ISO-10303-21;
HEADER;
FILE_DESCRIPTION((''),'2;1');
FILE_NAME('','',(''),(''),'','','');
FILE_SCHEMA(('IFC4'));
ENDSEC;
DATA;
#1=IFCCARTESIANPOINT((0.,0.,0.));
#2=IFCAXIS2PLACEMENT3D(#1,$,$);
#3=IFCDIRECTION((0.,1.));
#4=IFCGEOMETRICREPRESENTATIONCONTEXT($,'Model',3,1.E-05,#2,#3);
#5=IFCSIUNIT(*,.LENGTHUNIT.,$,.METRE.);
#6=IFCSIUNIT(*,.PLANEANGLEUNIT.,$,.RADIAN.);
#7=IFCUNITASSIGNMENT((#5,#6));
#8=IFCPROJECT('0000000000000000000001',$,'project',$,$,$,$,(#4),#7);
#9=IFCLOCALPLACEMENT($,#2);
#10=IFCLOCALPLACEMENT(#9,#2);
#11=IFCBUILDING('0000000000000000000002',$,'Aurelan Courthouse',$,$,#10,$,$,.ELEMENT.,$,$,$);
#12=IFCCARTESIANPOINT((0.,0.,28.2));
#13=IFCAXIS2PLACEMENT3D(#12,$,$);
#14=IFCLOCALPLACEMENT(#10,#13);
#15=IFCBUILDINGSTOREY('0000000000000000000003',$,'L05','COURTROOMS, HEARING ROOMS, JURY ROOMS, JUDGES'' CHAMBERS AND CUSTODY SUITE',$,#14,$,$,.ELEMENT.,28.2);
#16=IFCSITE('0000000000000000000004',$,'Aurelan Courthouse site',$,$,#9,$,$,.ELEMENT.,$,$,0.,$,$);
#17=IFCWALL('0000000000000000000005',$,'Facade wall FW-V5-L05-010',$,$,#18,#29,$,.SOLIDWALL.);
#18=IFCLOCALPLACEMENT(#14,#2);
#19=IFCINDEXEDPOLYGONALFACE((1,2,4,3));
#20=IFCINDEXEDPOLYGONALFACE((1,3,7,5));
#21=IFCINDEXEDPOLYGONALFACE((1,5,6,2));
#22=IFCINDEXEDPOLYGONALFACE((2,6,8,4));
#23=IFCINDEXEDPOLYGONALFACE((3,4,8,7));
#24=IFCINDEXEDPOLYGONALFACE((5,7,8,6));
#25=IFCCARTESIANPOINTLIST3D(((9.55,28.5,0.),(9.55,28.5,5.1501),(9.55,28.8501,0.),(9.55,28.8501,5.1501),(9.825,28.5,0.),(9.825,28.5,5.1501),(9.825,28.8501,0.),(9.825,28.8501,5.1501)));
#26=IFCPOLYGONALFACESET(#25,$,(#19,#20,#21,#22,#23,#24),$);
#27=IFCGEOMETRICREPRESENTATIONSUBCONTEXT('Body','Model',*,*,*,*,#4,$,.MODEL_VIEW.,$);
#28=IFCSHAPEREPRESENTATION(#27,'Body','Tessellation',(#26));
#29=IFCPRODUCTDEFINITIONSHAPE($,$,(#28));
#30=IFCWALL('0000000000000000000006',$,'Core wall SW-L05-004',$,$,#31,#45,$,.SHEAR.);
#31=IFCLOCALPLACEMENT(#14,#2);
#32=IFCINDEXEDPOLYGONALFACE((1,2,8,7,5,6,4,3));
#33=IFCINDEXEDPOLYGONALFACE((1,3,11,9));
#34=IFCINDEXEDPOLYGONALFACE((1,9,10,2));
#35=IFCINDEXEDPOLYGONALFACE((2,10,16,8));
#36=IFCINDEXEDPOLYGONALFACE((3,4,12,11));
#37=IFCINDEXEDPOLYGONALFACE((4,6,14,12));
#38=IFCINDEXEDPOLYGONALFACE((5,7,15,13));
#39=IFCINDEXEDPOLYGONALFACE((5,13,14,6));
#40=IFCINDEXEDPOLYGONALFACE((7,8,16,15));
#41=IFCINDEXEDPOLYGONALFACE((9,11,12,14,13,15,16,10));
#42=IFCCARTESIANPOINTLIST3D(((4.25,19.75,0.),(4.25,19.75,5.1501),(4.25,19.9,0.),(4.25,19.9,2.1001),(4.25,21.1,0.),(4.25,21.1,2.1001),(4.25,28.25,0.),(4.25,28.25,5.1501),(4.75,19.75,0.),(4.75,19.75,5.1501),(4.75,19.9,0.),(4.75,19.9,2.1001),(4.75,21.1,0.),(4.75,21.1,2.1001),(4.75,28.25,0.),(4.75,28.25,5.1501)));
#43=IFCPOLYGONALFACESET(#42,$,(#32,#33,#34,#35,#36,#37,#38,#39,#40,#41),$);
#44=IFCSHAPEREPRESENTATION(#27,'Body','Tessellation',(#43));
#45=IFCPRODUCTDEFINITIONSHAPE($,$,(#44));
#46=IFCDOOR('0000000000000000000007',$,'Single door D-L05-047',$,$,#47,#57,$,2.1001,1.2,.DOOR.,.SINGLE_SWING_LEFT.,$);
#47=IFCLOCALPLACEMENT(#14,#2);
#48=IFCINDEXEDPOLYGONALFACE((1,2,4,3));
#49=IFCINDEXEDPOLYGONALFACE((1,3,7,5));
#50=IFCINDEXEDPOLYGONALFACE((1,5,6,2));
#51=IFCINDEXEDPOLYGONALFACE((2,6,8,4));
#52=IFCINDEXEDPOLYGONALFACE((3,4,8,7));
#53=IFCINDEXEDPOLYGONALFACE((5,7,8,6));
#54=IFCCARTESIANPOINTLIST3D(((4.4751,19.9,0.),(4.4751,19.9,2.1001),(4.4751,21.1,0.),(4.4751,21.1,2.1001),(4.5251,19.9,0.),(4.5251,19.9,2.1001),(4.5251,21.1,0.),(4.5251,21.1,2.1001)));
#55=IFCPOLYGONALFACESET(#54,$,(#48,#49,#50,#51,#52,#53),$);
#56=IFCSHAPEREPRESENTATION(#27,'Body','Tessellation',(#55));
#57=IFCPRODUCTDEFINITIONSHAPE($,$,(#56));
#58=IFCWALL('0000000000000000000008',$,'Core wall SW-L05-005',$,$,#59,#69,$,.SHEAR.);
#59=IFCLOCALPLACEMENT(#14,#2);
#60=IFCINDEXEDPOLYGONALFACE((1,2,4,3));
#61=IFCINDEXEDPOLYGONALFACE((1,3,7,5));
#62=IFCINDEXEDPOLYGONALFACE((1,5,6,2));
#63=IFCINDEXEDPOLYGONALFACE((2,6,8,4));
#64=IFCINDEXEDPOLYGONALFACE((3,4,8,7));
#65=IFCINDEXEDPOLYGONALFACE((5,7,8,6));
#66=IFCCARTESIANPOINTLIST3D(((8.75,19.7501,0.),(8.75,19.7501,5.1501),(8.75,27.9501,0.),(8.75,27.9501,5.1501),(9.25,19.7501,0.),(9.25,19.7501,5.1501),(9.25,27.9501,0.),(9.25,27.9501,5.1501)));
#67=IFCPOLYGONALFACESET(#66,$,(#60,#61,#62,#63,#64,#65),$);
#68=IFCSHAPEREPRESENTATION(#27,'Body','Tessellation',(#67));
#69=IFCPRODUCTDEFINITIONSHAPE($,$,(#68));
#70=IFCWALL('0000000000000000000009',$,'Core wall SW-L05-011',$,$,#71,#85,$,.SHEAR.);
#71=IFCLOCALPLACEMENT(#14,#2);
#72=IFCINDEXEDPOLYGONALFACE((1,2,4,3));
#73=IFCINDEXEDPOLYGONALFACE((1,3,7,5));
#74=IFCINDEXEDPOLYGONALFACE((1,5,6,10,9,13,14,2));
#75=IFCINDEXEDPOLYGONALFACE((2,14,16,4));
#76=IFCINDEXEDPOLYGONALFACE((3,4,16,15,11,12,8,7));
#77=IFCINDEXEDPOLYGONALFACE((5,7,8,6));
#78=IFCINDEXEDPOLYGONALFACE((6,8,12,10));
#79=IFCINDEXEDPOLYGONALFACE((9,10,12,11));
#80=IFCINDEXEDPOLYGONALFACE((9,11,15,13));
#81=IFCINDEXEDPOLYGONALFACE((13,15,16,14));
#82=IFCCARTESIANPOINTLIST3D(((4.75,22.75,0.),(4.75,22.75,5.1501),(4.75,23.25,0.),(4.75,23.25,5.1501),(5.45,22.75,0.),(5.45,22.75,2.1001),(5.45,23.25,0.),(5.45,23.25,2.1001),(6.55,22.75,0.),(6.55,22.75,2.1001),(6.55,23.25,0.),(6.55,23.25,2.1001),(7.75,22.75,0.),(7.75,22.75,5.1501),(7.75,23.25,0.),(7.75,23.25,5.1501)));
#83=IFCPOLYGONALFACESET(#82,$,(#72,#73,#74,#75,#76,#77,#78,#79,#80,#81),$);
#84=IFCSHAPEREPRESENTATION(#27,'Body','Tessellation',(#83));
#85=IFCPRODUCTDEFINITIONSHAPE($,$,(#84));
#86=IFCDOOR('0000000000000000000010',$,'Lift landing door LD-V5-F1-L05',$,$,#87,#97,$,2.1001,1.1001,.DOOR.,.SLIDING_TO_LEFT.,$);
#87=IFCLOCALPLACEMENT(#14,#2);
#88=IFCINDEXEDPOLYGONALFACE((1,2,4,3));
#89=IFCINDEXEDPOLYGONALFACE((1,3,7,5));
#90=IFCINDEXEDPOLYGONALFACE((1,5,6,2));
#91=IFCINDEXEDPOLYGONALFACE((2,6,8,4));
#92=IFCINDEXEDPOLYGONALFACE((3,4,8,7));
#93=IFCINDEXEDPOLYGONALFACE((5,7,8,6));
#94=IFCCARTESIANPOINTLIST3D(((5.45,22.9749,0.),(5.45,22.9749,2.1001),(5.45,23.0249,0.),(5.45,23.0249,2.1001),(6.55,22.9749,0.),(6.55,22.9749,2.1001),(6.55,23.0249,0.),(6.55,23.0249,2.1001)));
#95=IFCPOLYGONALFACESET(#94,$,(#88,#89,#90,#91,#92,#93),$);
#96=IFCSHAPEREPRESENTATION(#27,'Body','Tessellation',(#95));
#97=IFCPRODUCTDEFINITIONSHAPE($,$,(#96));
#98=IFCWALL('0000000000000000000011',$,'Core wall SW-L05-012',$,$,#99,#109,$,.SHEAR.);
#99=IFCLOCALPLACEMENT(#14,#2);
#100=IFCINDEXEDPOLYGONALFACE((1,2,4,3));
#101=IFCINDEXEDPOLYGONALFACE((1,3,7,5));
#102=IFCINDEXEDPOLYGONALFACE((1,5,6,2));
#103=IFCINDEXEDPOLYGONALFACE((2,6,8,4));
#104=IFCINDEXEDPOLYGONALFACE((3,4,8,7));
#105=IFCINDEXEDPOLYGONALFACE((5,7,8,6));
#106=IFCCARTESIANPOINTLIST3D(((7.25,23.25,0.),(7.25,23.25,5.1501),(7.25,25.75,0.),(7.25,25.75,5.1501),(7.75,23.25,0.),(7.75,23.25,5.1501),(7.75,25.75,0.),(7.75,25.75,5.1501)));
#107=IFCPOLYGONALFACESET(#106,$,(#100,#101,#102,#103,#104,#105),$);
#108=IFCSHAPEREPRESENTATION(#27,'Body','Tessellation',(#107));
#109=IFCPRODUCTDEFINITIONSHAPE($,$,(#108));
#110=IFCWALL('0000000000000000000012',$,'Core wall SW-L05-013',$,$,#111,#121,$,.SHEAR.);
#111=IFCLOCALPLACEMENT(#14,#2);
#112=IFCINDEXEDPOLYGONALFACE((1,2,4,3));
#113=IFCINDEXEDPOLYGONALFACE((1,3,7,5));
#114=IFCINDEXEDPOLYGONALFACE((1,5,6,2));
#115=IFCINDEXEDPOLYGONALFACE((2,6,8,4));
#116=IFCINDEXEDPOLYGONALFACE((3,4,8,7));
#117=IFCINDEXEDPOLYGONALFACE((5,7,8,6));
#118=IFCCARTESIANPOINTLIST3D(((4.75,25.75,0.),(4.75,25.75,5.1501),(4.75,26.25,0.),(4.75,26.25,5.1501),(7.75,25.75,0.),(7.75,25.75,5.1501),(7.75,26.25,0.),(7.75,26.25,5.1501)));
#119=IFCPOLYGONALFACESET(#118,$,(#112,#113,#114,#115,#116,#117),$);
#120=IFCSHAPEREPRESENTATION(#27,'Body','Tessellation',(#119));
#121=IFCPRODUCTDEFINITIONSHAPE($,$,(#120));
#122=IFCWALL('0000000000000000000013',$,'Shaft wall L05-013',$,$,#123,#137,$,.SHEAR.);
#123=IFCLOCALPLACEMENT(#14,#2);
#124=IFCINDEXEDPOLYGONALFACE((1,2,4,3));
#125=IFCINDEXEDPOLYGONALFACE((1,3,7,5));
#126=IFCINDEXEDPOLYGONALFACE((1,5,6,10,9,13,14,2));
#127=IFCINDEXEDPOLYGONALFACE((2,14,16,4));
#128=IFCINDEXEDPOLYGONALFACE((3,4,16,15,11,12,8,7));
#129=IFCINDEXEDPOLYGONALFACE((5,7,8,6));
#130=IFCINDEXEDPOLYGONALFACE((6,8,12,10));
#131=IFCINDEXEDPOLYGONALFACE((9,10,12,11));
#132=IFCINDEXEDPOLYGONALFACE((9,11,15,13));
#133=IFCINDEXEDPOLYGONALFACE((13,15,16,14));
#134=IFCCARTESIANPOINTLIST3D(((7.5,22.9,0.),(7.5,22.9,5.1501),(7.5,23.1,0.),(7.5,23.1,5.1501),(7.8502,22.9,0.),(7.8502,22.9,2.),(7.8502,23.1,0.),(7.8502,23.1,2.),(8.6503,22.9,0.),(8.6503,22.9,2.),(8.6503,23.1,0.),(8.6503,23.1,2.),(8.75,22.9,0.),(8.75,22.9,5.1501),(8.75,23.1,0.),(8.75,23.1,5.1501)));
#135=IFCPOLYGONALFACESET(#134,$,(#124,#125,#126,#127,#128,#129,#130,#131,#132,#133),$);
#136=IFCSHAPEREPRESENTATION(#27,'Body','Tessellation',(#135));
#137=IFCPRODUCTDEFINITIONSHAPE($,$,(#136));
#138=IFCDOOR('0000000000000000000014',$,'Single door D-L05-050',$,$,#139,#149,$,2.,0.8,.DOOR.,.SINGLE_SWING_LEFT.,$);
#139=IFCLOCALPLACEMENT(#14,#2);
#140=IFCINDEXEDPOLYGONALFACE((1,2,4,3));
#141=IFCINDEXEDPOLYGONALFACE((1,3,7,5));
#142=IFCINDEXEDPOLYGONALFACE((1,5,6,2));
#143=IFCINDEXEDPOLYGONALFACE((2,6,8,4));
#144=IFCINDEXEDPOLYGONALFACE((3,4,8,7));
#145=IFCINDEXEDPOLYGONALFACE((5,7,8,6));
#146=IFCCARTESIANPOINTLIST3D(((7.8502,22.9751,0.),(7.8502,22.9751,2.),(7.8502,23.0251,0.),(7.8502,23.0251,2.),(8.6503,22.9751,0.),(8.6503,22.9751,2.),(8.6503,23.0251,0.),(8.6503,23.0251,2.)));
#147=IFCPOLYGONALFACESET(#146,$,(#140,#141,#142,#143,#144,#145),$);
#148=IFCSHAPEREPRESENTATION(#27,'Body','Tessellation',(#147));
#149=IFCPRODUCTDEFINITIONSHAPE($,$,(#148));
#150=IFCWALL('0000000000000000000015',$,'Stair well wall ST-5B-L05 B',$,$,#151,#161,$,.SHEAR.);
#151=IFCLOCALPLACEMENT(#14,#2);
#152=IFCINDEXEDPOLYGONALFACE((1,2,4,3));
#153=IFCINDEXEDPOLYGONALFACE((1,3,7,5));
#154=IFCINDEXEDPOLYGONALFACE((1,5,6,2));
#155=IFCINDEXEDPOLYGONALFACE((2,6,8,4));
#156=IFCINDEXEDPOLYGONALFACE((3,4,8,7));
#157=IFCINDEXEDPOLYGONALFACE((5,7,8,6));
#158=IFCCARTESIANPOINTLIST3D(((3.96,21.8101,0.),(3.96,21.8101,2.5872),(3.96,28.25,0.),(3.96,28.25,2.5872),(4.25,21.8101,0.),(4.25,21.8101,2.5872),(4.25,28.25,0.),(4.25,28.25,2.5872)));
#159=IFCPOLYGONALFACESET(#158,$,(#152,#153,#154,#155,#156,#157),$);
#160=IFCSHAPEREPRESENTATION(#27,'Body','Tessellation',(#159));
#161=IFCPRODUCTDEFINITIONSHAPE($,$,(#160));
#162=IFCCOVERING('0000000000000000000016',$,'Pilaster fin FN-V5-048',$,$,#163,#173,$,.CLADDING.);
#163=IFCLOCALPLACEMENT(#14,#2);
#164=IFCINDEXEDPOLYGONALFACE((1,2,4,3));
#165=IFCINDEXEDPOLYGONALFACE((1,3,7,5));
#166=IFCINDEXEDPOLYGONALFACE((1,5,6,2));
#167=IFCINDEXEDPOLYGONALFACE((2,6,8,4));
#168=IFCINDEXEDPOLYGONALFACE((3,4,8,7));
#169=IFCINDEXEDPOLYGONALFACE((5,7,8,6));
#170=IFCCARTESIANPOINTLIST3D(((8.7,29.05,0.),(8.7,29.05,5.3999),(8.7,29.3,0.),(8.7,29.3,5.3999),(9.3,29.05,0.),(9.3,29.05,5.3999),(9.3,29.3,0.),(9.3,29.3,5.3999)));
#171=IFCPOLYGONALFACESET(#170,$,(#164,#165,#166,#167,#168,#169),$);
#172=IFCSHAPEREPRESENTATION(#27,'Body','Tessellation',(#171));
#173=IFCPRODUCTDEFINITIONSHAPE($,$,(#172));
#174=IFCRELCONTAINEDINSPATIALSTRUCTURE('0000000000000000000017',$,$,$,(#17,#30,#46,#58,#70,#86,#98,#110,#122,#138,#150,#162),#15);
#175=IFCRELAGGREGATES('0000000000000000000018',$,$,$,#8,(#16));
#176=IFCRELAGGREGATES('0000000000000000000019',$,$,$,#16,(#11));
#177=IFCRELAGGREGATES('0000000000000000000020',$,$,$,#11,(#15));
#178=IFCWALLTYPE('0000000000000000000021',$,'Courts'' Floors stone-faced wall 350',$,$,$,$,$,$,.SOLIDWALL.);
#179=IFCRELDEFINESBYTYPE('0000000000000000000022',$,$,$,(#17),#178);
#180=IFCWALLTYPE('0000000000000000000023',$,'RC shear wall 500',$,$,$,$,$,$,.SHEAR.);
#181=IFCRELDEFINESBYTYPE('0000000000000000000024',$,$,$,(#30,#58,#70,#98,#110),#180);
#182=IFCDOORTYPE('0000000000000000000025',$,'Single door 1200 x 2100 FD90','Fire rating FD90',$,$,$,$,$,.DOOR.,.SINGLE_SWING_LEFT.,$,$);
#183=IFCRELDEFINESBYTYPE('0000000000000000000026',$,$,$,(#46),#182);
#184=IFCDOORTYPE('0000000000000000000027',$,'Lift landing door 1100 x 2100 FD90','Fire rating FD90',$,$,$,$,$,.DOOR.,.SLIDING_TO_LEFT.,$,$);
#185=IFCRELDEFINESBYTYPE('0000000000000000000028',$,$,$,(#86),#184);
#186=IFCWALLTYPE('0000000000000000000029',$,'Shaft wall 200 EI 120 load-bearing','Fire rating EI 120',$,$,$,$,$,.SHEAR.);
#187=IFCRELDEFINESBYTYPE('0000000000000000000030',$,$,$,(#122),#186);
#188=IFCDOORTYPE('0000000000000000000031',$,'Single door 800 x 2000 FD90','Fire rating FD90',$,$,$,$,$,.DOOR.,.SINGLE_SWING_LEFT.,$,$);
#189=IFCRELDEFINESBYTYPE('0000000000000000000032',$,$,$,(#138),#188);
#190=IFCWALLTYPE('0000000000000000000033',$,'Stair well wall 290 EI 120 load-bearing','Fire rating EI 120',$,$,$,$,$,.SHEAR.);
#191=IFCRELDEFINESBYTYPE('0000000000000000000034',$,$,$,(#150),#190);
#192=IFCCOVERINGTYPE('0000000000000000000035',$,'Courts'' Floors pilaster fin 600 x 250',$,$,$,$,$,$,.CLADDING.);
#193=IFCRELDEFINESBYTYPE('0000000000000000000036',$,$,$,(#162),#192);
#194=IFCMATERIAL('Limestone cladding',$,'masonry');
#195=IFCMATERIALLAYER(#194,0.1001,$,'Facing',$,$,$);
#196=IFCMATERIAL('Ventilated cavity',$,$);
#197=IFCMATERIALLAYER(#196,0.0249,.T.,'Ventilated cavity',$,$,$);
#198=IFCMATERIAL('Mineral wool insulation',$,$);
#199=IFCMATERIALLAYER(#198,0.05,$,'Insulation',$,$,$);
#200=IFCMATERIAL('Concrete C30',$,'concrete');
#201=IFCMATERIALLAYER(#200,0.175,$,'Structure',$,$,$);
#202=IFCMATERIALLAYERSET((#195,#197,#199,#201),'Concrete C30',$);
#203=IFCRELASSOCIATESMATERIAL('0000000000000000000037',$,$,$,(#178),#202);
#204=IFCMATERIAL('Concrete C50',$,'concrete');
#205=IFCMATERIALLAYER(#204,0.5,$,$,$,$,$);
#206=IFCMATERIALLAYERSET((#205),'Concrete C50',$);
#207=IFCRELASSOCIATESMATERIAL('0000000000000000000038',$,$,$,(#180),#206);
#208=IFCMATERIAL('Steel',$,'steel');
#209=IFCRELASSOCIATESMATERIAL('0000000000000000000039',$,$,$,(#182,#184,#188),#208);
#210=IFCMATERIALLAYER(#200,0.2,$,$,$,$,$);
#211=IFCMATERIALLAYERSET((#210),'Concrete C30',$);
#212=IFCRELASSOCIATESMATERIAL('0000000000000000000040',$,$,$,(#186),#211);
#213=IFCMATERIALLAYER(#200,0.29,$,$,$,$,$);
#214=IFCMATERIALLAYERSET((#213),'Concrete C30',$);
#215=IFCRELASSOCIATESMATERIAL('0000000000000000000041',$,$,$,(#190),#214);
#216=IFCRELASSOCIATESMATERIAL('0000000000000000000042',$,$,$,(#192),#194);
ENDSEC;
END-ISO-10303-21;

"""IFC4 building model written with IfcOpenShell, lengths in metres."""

from ifc_helpers import new_model, si_unit, direction, frame, frame_2d, origin, origin_2d, place, context, subcontext, project, spatial, rectangle, extrude, material, layer, layer_set, type_object, element, fill, save


model = new_model("IFC4")

# Units and contexts
model_context = context("Model", 3, precision=1e-05, world=origin(), true_north=direction((0.0, 1.0)))
body_context = subcontext(model_context, "Body", "Model", "MODEL_VIEW")
ifc_project = project(units=[si_unit("LENGTHUNIT", "METRE"), si_unit("PLANEANGLEUNIT", "RADIAN")], contexts=[model_context])

# Site, building, storey
site_placement = place(None, origin())
site = spatial("IfcSite", under=ifc_project, at=site_placement, Name="Aurelan Courthouse site", CompositionType="ELEMENT", RefElevation=0.0)
building_placement = place(site_placement, origin())
building = spatial("IfcBuilding", under=site, at=building_placement, Name="Aurelan Courthouse", CompositionType="ELEMENT")
storey_placement = place(building_placement, frame((0.0, 0.0, 28.2)))
storey = spatial("IfcBuildingStorey", under=building, at=storey_placement, Name="L05", Description="COURTROOMS, HEARING ROOMS, JURY ROOMS, JUDGES' CHAMBERS AND CUSTODY SUITE", CompositionType="ELEMENT", Elevation=28.2)

# Shared definitions
ifc_material_1 = material(Name="Concrete C50", Category="concrete")

# Shared definitions
ifc_material_2 = material(Name="Steel", Category="steel")

# Wall
ifc_material_3 = material(Name="Limestone cladding", Category="masonry")
ifc_layer_1 = layer(ifc_material_3, 0.1001, Name="Facing")
ifc_material_4 = material(Name="Ventilated cavity")
ifc_layer_2 = layer(ifc_material_4, 0.0249, ventilated=True, Name="Ventilated cavity")
ifc_material_5 = material(Name="Mineral wool insulation")
ifc_layer_3 = layer(ifc_material_5, 0.05, Name="Insulation")
ifc_material_6 = material(Name="Concrete C30", Category="concrete")
ifc_layer_4 = layer(ifc_material_6, 0.175, Name="Structure")
ifc_layer_set_1 = layer_set([ifc_layer_1, ifc_layer_2, ifc_layer_3, ifc_layer_4], Name="Concrete C30")
wall_type_1 = type_object("IfcWallType", Name="Courts' Floors stone-faced wall 350", PredefinedType="SOLIDWALL", material=ifc_layer_set_1)
wall_1_placement = place(storey_placement, frame((9.55, 28.675, 0.0), z_axis=(0.0, 0.0, 1.0), x_axis=(1.0, 0.0, 0.0)))
element("IfcWall", 1, at=wall_1_placement, inside=storey, type_object=wall_type_1, Name="Facade wall FW-V5-L05-010", PredefinedType="SOLIDWALL", context=body_context, shape_type="SweptSolid", body=[
    extrude(rectangle(XDim=0.2749, YDim=0.3501, at=frame_2d((0.1375, 0.0))), origin(), (0.0, 0.0, 1.0), 5.1501),
])

# Wall, opening, door
ifc_layer_5 = layer(ifc_material_1, 0.5)
ifc_layer_set_2 = layer_set([ifc_layer_5], Name="Concrete C50")
wall_type_2 = type_object("IfcWallType", Name="RC shear wall 500", PredefinedType="SHEAR", material=ifc_layer_set_2)
wall_2_placement = place(storey_placement, frame((4.5, 19.75, 0.0), z_axis=(0.0, 0.0, 1.0), x_axis=(0.0, 1.0, 0.0)))
wall_2 = element("IfcWall", 2, at=wall_2_placement, inside=storey, type_object=wall_type_2, Name="Core wall SW-L05-004", PredefinedType="SHEAR", context=body_context, shape_type="SweptSolid", body=[
    extrude(rectangle(XDim=8.5, YDim=0.5, at=frame_2d((4.25, 0.0))), origin(), (0.0, 0.0, 1.0), 5.1501),
])
opening_1_placement = place(wall_2_placement, frame((0.1499, 0.0, 0.0)))
opening_1 = element("IfcOpeningElement", 3, at=opening_1_placement, cuts=wall_2, PredefinedType="OPENING", context=body_context, shape_type="SweptSolid", body=[
    extrude(rectangle(XDim=1.2, YDim=2.1001, at=frame_2d((0.6001, 1.05))), frame((0.0, 0.26, 0.0), z_axis=(0.0, -1.0, 0.0), x_axis=(1.0, 0.0, 0.0)), (0.0, 0.0, 1.0), 0.52),
])
door_type_1 = type_object("IfcDoorType", Name="Single door 1200 x 2100 FD90", Description="Fire rating FD90", OperationType="SINGLE_SWING_LEFT", PredefinedType="DOOR", material=ifc_material_2)
door_1_placement = place(opening_1_placement, origin())
door_1 = element("IfcDoor", 4, at=door_1_placement, inside=storey, type_object=door_type_1, Name="Single door D-L05-047", OperationType="SINGLE_SWING_LEFT", OverallHeight=2.1001, OverallWidth=1.2, PredefinedType="DOOR", context=body_context, shape_type="SweptSolid", body=[
    extrude(rectangle(XDim=1.2, YDim=2.1001, at=frame_2d((0.6001, 1.05))), frame((0.0, 0.0249, 0.0), z_axis=(0.0, -1.0, 0.0), x_axis=(1.0, 0.0, 0.0)), (0.0, 0.0, 1.0), 0.05),
])
fill(opening_1, door_1)

# Wall
wall_3_placement = place(storey_placement, frame((9.0, 19.75, 0.0), z_axis=(0.0, 0.0, 1.0), x_axis=(0.0, 1.0, 0.0)))
element("IfcWall", 5, at=wall_3_placement, inside=storey, type_object=wall_type_2, Name="Core wall SW-L05-005", PredefinedType="SHEAR", context=body_context, shape_type="SweptSolid", body=[
    extrude(rectangle(XDim=8.2, YDim=0.5, at=frame_2d((4.1001, 0.0))), origin(), (0.0, 0.0, 1.0), 5.1501),
])

# Wall, opening, door
wall_4_placement = place(storey_placement, frame((4.75, 23.0, 0.0), z_axis=(0.0, 0.0, 1.0), x_axis=(1.0, 0.0, 0.0)))
wall_4 = element("IfcWall", 6, at=wall_4_placement, inside=storey, type_object=wall_type_2, Name="Core wall SW-L05-011", PredefinedType="SHEAR", context=body_context, shape_type="SweptSolid", body=[
    extrude(rectangle(XDim=3.0, YDim=0.5, at=frame_2d((1.5, 0.0))), origin(), (0.0, 0.0, 1.0), 5.1501),
])
opening_2_placement = place(wall_4_placement, frame((0.7, 0.0, 0.0)))
opening_2 = element("IfcOpeningElement", 7, at=opening_2_placement, cuts=wall_4, PredefinedType="OPENING", context=body_context, shape_type="SweptSolid", body=[
    extrude(rectangle(XDim=1.1001, YDim=2.1001, at=frame_2d((0.55, 1.05))), frame((0.0, 0.26, 0.0), z_axis=(0.0, -1.0, 0.0), x_axis=(1.0, 0.0, 0.0)), (0.0, 0.0, 1.0), 0.52),
])
door_type_2 = type_object("IfcDoorType", Name="Lift landing door 1100 x 2100 FD90", Description="Fire rating FD90", OperationType="SLIDING_TO_LEFT", PredefinedType="DOOR", material=ifc_material_2)
door_2_placement = place(opening_2_placement, origin())
door_2 = element("IfcDoor", 8, at=door_2_placement, inside=storey, type_object=door_type_2, Name="Lift landing door LD-V5-F1-L05", OperationType="SLIDING_TO_LEFT", OverallHeight=2.1001, OverallWidth=1.1001, PredefinedType="DOOR", context=body_context, shape_type="SweptSolid", body=[
    extrude(rectangle(XDim=1.1001, YDim=2.1001, at=frame_2d((0.55, 1.05))), frame((0.0, 0.0249, 0.0), z_axis=(0.0, -1.0, 0.0), x_axis=(1.0, 0.0, 0.0)), (0.0, 0.0, 1.0), 0.05),
])
fill(opening_2, door_2)

# Walls
wall_5_placement = place(storey_placement, frame((7.5, 23.25, 0.0), z_axis=(0.0, 0.0, 1.0), x_axis=(0.0, 1.0, 0.0)))
element("IfcWall", 9, at=wall_5_placement, inside=storey, type_object=wall_type_2, Name="Core wall SW-L05-012", PredefinedType="SHEAR", context=body_context, shape_type="SweptSolid", body=[
    extrude(rectangle(XDim=2.5, YDim=0.5, at=frame_2d((1.25, 0.0))), origin(), (0.0, 0.0, 1.0), 5.1501),
])
wall_6_placement = place(storey_placement, frame((4.75, 26.0, 0.0), z_axis=(0.0, 0.0, 1.0), x_axis=(1.0, 0.0, 0.0)))
element("IfcWall", 10, at=wall_6_placement, inside=storey, type_object=wall_type_2, Name="Core wall SW-L05-013", PredefinedType="SHEAR", context=body_context, shape_type="SweptSolid", body=[
    extrude(rectangle(XDim=3.0, YDim=0.5, at=frame_2d((1.5, 0.0))), origin(), (0.0, 0.0, 1.0), 5.1501),
])

# Wall, opening, door
ifc_layer_6 = layer(ifc_material_6, 0.2)
ifc_layer_set_3 = layer_set([ifc_layer_6], Name="Concrete C30")
wall_type_3 = type_object("IfcWallType", Name="Shaft wall 200 EI 120 load-bearing", Description="Fire rating EI 120", PredefinedType="SHEAR", material=ifc_layer_set_3)
wall_7_placement = place(storey_placement, frame((7.5, 23.0, 0.0), z_axis=(0.0, 0.0, 1.0), x_axis=(1.0, 0.0, 0.0)))
wall_7 = element("IfcWall", 11, at=wall_7_placement, inside=storey, type_object=wall_type_3, Name="Shaft wall L05-013", PredefinedType="SHEAR", context=body_context, shape_type="SweptSolid", body=[
    extrude(rectangle(XDim=1.25, YDim=0.2, at=frame_2d((0.625, 0.0))), origin(), (0.0, 0.0, 1.0), 5.1501),
])
opening_3_placement = place(wall_7_placement, frame((1.1501, 0.0, 0.0), z_axis=(0.0, 0.0, 1.0), x_axis=(-1.0, 0.0, 0.0)))
opening_3 = element("IfcOpeningElement", 12, at=opening_3_placement, cuts=wall_7, PredefinedType="OPENING", context=body_context, shape_type="SweptSolid", body=[
    extrude(rectangle(XDim=0.8, YDim=2.0, at=frame_2d((0.3999, 1.0))), frame((0.0, 0.1099, 0.0), z_axis=(0.0, -1.0, 0.0), x_axis=(1.0, 0.0, 0.0)), (0.0, 0.0, 1.0), 0.22),
])
door_type_3 = type_object("IfcDoorType", Name="Single door 800 x 2000 FD90", Description="Fire rating FD90", OperationType="SINGLE_SWING_LEFT", PredefinedType="DOOR", material=ifc_material_2)
door_3_placement = place(opening_3_placement, origin())
door_3 = element("IfcDoor", 13, at=door_3_placement, inside=storey, type_object=door_type_3, Name="Single door D-L05-050", OperationType="SINGLE_SWING_LEFT", OverallHeight=2.0, OverallWidth=0.8, PredefinedType="DOOR", context=body_context, shape_type="SweptSolid", body=[
    extrude(rectangle(XDim=0.8, YDim=2.0, at=frame_2d((0.3999, 1.0))), frame((0.0, 0.0249, 0.0), z_axis=(0.0, -1.0, 0.0), x_axis=(1.0, 0.0, 0.0)), (0.0, 0.0, 1.0), 0.05),
])
fill(opening_3, door_3)

# Wall
ifc_layer_7 = layer(ifc_material_6, 0.29)
ifc_layer_set_4 = layer_set([ifc_layer_7], Name="Concrete C30")
wall_type_4 = type_object("IfcWallType", Name="Stair well wall 290 EI 120 load-bearing", Description="Fire rating EI 120", PredefinedType="SHEAR", material=ifc_layer_set_4)
wall_8_placement = place(storey_placement, frame((4.105, 21.8101, 0.0), z_axis=(0.0, 0.0, 1.0), x_axis=(0.0, 1.0, 0.0)))
element("IfcWall", 14, at=wall_8_placement, inside=storey, type_object=wall_type_4, Name="Stair well wall ST-5B-L05 B", PredefinedType="SHEAR", context=body_context, shape_type="SweptSolid", body=[
    extrude(rectangle(XDim=6.4399, YDim=0.29, at=frame_2d((3.22, 0.0))), origin(), (0.0, 0.0, 1.0), 2.5872),
])

# Covering
covering_type = type_object("IfcCoveringType", Name="Courts' Floors pilaster fin 600 x 250", PredefinedType="CLADDING", material=ifc_material_3)
covering_placement = place(storey_placement, frame((9.0, 29.175, 0.0), z_axis=(0.0, 0.0, 1.0), x_axis=(1.0, 0.0, 0.0)))
element("IfcCovering", 15, at=covering_placement, inside=storey, type_object=covering_type, Name="Pilaster fin FN-V5-048", PredefinedType="CLADDING", context=body_context, shape_type="SweptSolid", body=[
    extrude(rectangle(XDim=0.6001, YDim=0.25, at=origin_2d()), origin(), (0.0, 0.0, 1.0), 5.3999),
])

save(model, "model.ifc")
